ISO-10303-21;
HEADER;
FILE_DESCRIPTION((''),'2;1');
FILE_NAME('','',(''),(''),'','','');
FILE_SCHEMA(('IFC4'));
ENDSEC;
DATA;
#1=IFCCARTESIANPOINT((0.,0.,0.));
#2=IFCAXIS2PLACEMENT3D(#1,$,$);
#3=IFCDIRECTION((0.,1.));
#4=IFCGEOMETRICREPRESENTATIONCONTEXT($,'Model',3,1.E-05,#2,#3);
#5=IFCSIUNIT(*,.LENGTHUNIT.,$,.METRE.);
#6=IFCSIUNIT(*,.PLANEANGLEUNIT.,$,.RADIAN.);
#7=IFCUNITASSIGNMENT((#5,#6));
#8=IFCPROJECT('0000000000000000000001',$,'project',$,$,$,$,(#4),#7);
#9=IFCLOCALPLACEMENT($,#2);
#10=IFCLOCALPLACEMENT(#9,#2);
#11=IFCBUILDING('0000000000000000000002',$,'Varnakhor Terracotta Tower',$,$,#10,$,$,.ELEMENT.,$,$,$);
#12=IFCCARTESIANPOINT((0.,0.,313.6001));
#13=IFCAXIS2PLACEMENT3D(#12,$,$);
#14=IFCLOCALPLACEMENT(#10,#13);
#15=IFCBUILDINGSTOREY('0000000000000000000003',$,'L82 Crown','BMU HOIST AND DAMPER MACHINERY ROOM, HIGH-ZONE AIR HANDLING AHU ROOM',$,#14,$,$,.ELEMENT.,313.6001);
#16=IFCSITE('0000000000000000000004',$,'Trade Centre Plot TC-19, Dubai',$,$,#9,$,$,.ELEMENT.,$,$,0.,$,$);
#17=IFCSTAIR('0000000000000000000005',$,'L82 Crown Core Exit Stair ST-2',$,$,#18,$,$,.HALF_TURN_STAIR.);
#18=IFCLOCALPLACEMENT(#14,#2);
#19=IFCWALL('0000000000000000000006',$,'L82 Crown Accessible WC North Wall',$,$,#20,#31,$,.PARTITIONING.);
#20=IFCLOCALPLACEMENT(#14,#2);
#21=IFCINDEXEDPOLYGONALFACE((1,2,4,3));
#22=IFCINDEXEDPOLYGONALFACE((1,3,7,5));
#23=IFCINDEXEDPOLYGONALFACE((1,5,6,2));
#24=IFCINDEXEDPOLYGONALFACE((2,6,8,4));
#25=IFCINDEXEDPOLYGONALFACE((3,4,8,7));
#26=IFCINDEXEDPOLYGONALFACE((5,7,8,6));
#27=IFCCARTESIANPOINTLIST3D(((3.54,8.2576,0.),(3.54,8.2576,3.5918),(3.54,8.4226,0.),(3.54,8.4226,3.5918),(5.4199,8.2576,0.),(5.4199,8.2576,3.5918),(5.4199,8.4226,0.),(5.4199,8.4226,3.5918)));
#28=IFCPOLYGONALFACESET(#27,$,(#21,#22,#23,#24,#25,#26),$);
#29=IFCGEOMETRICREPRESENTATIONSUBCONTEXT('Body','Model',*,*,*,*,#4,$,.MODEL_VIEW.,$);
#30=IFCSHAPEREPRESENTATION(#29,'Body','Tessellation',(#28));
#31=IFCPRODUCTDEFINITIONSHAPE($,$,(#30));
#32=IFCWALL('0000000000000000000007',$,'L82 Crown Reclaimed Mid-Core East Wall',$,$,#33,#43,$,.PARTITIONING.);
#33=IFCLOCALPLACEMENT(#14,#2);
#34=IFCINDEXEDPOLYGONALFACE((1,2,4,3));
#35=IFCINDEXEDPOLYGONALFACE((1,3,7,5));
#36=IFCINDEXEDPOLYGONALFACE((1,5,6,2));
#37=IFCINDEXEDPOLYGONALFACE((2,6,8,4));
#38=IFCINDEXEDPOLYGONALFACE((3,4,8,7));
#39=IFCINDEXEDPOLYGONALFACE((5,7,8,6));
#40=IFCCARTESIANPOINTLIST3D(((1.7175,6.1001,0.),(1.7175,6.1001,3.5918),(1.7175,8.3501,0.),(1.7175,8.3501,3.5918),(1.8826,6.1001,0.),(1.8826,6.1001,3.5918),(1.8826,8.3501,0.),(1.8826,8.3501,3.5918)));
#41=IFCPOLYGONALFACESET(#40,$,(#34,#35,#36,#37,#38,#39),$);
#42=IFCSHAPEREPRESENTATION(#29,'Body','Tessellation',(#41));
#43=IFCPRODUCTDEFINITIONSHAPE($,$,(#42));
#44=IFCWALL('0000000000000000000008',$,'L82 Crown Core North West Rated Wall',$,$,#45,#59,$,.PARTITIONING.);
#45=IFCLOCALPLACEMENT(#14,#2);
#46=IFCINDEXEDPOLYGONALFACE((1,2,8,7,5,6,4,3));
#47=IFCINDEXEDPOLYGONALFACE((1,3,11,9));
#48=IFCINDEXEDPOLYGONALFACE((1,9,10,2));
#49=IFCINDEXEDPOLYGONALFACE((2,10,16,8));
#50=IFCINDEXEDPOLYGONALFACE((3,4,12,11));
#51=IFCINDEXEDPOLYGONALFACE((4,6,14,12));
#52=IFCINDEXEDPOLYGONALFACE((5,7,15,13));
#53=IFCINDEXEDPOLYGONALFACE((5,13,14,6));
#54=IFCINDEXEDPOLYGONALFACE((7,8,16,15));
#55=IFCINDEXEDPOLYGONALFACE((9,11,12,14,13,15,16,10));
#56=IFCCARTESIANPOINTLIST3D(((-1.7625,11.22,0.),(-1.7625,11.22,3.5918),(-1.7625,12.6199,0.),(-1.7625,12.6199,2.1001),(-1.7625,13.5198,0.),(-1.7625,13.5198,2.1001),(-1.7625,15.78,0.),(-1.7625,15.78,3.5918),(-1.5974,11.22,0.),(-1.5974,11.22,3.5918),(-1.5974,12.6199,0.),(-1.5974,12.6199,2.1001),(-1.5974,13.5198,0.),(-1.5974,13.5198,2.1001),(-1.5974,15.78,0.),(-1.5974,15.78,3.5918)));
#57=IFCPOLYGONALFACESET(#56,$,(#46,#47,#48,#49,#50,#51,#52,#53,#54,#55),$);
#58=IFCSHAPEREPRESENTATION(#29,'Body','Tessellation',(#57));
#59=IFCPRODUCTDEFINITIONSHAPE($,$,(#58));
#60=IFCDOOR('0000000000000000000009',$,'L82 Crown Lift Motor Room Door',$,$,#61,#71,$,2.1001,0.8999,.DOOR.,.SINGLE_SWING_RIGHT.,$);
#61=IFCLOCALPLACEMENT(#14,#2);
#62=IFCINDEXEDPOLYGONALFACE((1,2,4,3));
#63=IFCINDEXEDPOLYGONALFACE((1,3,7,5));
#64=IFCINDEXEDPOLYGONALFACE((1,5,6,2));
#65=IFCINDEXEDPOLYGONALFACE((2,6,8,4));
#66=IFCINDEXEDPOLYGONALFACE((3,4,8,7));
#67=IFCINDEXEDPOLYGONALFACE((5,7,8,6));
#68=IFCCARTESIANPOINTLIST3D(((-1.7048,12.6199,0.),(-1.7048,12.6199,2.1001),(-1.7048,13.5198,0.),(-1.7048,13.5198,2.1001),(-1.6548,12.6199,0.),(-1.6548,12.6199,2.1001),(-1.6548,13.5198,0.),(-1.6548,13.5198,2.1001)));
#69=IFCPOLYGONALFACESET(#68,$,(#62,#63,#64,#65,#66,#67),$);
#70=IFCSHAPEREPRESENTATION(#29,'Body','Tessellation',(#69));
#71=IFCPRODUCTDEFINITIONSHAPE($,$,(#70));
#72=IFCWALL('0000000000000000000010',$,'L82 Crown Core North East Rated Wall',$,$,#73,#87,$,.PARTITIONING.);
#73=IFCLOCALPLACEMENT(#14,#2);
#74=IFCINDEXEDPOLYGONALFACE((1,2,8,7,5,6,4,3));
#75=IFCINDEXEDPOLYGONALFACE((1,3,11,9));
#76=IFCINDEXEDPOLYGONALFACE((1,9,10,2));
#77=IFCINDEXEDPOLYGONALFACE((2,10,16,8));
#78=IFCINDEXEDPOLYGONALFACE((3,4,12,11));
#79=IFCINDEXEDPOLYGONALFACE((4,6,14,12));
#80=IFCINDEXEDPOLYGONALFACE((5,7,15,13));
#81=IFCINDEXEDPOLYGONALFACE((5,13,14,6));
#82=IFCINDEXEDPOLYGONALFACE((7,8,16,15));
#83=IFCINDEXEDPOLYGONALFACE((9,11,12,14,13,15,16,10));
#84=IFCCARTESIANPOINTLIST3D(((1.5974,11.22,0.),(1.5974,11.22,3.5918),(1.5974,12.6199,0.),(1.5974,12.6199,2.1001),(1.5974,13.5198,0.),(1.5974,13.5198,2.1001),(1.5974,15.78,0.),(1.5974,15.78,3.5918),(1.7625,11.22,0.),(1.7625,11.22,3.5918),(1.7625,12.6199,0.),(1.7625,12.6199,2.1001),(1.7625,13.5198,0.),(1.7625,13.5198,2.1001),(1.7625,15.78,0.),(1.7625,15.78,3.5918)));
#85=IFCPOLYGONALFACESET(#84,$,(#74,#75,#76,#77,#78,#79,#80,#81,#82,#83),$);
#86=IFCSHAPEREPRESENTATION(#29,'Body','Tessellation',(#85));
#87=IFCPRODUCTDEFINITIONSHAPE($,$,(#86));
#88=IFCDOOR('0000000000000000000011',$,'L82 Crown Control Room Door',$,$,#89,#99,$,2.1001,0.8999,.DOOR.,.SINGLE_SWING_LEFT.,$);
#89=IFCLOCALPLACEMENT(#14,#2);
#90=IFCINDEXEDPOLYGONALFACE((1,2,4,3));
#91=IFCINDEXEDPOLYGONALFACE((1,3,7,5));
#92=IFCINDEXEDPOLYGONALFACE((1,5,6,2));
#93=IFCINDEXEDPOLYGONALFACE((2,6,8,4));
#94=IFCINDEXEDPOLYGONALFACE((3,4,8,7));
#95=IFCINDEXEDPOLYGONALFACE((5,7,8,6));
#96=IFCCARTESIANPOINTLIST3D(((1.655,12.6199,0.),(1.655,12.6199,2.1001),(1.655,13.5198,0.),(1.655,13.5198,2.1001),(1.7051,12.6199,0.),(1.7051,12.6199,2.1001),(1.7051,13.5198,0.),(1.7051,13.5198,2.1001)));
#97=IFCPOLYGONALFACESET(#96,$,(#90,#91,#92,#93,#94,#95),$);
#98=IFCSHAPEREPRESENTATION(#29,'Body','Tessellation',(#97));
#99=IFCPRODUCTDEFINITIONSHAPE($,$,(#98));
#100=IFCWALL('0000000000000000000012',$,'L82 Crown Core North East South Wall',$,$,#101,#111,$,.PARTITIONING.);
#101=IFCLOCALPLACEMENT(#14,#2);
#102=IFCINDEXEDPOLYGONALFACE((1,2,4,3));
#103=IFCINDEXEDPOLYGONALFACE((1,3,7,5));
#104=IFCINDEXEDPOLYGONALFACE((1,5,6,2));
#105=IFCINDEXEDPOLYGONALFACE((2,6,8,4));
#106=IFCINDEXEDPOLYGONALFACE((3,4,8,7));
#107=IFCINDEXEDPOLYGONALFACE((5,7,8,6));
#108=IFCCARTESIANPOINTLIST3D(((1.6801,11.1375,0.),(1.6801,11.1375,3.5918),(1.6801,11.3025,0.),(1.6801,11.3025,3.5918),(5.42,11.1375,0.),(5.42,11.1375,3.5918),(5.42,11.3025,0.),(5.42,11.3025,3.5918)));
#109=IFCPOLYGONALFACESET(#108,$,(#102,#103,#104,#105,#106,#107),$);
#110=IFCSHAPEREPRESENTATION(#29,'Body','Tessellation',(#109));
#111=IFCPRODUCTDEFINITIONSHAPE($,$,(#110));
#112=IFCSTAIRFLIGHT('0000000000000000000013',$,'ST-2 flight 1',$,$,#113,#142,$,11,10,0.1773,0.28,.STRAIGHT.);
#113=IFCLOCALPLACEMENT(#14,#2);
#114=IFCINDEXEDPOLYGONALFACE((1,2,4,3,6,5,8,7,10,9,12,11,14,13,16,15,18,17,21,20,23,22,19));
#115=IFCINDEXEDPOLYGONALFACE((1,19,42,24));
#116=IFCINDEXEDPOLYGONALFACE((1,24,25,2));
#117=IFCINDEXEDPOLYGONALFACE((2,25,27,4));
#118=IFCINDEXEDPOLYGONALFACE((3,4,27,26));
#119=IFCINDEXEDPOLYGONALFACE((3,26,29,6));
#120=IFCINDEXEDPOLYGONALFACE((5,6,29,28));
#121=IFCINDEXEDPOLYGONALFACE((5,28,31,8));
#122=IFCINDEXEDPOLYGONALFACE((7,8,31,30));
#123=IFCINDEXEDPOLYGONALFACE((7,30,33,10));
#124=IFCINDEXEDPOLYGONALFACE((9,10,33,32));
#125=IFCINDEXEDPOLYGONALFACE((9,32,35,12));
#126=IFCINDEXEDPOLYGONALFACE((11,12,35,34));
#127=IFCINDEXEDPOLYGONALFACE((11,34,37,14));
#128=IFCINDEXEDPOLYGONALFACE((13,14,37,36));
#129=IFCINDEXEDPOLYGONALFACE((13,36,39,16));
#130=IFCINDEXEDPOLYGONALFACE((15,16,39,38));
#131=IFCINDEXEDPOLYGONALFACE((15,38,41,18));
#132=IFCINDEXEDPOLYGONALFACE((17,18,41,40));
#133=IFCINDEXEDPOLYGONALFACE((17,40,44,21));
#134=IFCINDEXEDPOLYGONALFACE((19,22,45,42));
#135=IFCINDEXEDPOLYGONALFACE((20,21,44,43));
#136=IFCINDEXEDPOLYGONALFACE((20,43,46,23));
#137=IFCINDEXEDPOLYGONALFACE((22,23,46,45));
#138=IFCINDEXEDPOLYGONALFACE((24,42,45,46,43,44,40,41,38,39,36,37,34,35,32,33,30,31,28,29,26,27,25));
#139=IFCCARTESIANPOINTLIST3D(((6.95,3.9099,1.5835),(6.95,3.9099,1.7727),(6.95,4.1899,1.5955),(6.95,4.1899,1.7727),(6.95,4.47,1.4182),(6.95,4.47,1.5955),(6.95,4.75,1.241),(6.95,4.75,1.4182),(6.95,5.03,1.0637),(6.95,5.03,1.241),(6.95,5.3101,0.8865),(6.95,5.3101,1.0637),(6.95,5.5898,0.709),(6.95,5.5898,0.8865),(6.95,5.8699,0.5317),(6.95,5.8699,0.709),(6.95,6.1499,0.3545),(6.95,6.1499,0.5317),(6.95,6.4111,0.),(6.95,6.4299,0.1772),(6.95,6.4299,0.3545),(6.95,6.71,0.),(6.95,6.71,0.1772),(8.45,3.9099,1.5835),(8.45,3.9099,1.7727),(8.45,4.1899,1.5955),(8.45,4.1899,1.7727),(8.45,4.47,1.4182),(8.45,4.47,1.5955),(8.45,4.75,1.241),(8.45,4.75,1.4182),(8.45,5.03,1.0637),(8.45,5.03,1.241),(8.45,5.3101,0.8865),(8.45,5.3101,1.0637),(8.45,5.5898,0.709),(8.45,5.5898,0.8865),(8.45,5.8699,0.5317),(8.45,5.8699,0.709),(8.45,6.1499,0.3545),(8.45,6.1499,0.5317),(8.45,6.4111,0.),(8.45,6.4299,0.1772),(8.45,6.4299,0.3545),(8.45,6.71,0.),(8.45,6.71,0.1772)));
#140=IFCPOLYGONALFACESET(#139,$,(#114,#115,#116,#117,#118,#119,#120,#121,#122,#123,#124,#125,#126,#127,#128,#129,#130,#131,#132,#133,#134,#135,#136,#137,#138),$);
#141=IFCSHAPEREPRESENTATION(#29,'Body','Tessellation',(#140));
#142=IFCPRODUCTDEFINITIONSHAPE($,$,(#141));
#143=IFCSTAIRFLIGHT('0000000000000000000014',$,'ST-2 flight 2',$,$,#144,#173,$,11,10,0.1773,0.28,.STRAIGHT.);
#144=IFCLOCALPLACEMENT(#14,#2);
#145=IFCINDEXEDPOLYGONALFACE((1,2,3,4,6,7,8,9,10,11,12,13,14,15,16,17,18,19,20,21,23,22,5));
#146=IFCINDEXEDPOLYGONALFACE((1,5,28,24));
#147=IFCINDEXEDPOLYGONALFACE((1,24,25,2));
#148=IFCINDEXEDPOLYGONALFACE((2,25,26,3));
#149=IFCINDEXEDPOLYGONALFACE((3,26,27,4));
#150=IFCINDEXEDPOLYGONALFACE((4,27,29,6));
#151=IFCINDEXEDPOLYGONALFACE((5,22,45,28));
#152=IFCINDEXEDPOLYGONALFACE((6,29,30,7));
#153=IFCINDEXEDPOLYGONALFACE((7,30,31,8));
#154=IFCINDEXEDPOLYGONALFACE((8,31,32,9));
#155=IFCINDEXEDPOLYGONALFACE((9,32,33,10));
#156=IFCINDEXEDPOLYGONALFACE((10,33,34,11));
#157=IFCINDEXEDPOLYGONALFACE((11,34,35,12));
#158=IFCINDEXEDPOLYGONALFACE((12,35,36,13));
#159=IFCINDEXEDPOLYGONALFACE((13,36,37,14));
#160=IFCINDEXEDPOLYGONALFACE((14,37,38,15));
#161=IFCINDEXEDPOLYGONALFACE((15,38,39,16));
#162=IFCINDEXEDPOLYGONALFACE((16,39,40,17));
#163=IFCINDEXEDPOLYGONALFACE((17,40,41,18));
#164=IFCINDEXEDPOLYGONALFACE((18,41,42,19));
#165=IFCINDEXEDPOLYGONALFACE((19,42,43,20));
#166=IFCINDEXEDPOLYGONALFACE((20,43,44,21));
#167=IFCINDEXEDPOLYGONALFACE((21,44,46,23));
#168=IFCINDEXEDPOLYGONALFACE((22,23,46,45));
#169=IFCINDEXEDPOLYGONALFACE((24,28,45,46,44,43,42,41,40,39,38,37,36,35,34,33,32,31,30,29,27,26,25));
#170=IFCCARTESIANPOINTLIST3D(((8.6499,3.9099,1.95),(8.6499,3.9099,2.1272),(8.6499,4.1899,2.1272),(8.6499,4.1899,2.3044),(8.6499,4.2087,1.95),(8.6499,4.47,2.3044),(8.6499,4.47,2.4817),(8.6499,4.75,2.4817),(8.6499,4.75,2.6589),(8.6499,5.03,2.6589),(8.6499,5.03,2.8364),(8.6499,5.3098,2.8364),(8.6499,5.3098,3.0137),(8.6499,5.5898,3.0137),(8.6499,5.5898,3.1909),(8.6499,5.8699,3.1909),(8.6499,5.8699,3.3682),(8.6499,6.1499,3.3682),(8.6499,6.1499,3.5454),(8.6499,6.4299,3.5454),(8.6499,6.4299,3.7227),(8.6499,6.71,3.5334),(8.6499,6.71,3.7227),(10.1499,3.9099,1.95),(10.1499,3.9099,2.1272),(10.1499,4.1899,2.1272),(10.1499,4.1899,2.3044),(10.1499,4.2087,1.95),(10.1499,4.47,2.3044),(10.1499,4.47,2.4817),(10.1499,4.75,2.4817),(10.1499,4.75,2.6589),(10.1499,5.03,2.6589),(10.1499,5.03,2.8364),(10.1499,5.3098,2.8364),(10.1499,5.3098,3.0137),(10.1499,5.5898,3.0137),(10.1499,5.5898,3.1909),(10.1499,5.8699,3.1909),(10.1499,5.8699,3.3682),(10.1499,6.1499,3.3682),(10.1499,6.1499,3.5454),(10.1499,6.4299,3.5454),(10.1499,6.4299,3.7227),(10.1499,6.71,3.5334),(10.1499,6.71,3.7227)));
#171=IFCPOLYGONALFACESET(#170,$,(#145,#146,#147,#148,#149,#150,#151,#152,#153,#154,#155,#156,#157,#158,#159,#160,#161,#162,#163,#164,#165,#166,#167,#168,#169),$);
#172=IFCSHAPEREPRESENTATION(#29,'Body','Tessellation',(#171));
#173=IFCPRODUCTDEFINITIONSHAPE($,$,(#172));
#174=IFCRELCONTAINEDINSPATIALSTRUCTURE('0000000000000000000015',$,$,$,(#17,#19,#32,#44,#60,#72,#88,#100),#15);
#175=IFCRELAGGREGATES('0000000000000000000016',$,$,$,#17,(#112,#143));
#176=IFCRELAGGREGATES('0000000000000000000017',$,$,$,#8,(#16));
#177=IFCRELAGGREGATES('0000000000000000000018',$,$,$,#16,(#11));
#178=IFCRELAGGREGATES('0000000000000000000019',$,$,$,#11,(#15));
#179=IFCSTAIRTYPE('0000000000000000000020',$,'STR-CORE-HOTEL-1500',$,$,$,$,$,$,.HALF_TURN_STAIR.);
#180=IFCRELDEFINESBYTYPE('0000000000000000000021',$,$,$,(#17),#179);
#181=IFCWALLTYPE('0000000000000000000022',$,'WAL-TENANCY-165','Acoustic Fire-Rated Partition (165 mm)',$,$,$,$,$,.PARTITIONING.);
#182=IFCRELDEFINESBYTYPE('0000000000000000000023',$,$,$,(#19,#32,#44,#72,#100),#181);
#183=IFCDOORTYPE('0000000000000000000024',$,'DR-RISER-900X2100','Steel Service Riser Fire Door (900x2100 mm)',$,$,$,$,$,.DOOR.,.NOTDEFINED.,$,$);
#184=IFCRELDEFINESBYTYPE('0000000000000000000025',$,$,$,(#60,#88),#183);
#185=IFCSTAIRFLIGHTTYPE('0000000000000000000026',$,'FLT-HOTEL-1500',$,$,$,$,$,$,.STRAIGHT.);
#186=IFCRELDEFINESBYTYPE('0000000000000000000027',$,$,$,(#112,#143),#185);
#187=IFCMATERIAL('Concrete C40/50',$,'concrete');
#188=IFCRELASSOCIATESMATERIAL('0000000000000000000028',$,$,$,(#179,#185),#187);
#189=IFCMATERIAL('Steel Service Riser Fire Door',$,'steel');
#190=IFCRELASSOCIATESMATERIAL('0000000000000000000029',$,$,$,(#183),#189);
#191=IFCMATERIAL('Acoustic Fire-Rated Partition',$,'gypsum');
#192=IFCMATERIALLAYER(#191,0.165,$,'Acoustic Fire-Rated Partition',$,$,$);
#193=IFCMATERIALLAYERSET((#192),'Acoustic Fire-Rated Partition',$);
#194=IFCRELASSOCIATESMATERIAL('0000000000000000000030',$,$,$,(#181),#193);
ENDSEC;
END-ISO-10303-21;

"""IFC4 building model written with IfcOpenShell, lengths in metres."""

from ifc_helpers import new_model, si_unit, direction, frame, frame_2d, origin, place, context, subcontext, project, spatial, polyline, rectangle, outline, extrude, source, transform, mapped, material, layer, layer_set, type_object, type_shapes, element, fill, aggregate, save


model = new_model("IFC4")

# Units and contexts
model_context = context("Model", 3, precision=1e-05, world=origin(), true_north=direction((0.0, 1.0)))
body_context = subcontext(model_context, "Body", "Model", "MODEL_VIEW")
ifc_project = project(units=[si_unit("LENGTHUNIT", "METRE"), si_unit("PLANEANGLEUNIT", "RADIAN")], contexts=[model_context])

# Site, building, storey
site_placement = place(None, origin())
site = spatial("IfcSite", under=ifc_project, at=site_placement, Name="Trade Centre Plot TC-19, Dubai", CompositionType="ELEMENT", RefElevation=0.0)
building_placement = place(site_placement, origin())
building = spatial("IfcBuilding", under=site, at=building_placement, Name="Varnakhor Terracotta Tower", CompositionType="ELEMENT")
storey_placement = place(building_placement, frame((0.0, 0.0, 313.6001)))
storey = spatial("IfcBuildingStorey", under=building, at=storey_placement, Name="L82 Crown", Description="BMU HOIST AND DAMPER MACHINERY ROOM, HIGH-ZONE AIR HANDLING AHU ROOM", CompositionType="ELEMENT", Elevation=313.6001)

# Stair
ifc_material_1 = material(Name="Concrete C40/50", Category="concrete")
stair_type = type_object("IfcStairType", Name="STR-CORE-HOTEL-1500", PredefinedType="HALF_TURN_STAIR", material=ifc_material_1)
stair_1_placement = place(storey_placement, origin())
stair_1 = element("IfcStair", 1, at=stair_1_placement, inside=storey, type_object=stair_type, Name="L82 Crown Core Exit Stair ST-2", PredefinedType="HALF_TURN_STAIR")

# Shared definitions
ifc_material_2 = material(Name="Acoustic Fire-Rated Partition", Category="gypsum")
ifc_material_3 = material(Name="Steel Service Riser Fire Door", Category="steel")
door_type_1 = type_object("IfcDoorType", Name="DR-RISER-900X2100", Description="Steel Service Riser Fire Door (900x2100 mm)", OperationType="NOTDEFINED", PredefinedType="DOOR", material=ifc_material_3)
shared_shape_1 = source(origin(), body_context, "Body", "SweptSolid", [
    extrude(rectangle(XDim=0.8999, YDim=2.1001, at=frame_2d((0.45, 1.05))), frame((0.0, 0.0249, 0.0), z_axis=(0.0, -1.0, 0.0), x_axis=(1.0, 0.0, 0.0)), (0.0, 0.0, 1.0), 0.05),
])
type_shapes(door_type_1, [shared_shape_1])
ifc_layer_1 = layer(ifc_material_2, 0.165, Name="Acoustic Fire-Rated Partition")
ifc_layer_set_1 = layer_set([ifc_layer_1], Name="Acoustic Fire-Rated Partition")
wall_type_1 = type_object("IfcWallType", Name="WAL-TENANCY-165", Description="Acoustic Fire-Rated Partition (165 mm)", PredefinedType="PARTITIONING", material=ifc_layer_set_1)

# Walls
wall_1_placement = place(storey_placement, frame((3.54, 8.3401, 0.0), z_axis=(0.0, 0.0, 1.0), x_axis=(1.0, 0.0, 0.0)))
element("IfcWall", 2, at=wall_1_placement, inside=storey, type_object=wall_type_1, Name="L82 Crown Accessible WC North Wall", PredefinedType="PARTITIONING", context=body_context, shape_type="SweptSolid", body=[
    extrude(rectangle(XDim=1.8799, YDim=0.165, at=frame_2d((0.9399, 0.0))), origin(), (0.0, 0.0, 1.0), 3.5918),
])
wall_2_placement = place(storey_placement, frame((1.8, 6.1001, 0.0), z_axis=(0.0, 0.0, 1.0), x_axis=(0.0, 1.0, 0.0)))
element("IfcWall", 3, at=wall_2_placement, inside=storey, type_object=wall_type_1, Name="L82 Crown Reclaimed Mid-Core East Wall", PredefinedType="PARTITIONING", context=body_context, shape_type="SweptSolid", body=[
    extrude(rectangle(XDim=2.25, YDim=0.165, at=frame_2d((1.125, 0.0))), origin(), (0.0, 0.0, 1.0), 3.5918),
])

# Walls, openings, doors
wall_3_placement = place(storey_placement, frame((-1.6799, 11.22, 0.0), z_axis=(0.0, 0.0, 1.0), x_axis=(0.0, 1.0, 0.0)))
wall_3 = element("IfcWall", 4, at=wall_3_placement, inside=storey, type_object=wall_type_1, Name="L82 Crown Core North West Rated Wall", PredefinedType="PARTITIONING", context=body_context, shape_type="SweptSolid", body=[
    extrude(rectangle(XDim=4.5601, YDim=0.165, at=frame_2d((2.28, 0.0))), origin(), (0.0, 0.0, 1.0), 3.5918),
])
opening_1_placement = place(wall_3_placement, frame((1.3999, 0.0, 0.0)))
opening_1 = element("IfcOpeningElement", 5, at=opening_1_placement, cuts=wall_3, PredefinedType="OPENING", context=body_context, shape_type="SweptSolid", body=[
    extrude(rectangle(XDim=0.8999, YDim=2.1001, at=frame_2d((0.45, 1.05))), frame((0.0, 0.0925, 0.0), z_axis=(0.0, -1.0, 0.0), x_axis=(1.0, 0.0, 0.0)), (0.0, 0.0, 1.0), 0.1851),
])
door_1_placement = place(opening_1_placement, origin())
door_1 = element("IfcDoor", 6, at=door_1_placement, inside=storey, type_object=door_type_1, Name="L82 Crown Lift Motor Room Door", OperationType="SINGLE_SWING_RIGHT", OverallHeight=2.1001, OverallWidth=0.8999, PredefinedType="DOOR", context=body_context, shape_type="MappedRepresentation", body=[
    mapped(shared_shape_1, transform((0.0, 0.0, 0.0), scale=1.0)),
])
fill(opening_1, door_1)
wall_4_placement = place(storey_placement, frame((1.6799, 11.22, 0.0), z_axis=(0.0, 0.0, 1.0), x_axis=(0.0, 1.0, 0.0)))
wall_4 = element("IfcWall", 7, at=wall_4_placement, inside=storey, type_object=wall_type_1, Name="L82 Crown Core North East Rated Wall", PredefinedType="PARTITIONING", context=body_context, shape_type="SweptSolid", body=[
    extrude(rectangle(XDim=4.5601, YDim=0.165, at=frame_2d((2.28, 0.0))), origin(), (0.0, 0.0, 1.0), 3.5918),
])
opening_2_placement = place(wall_4_placement, frame((1.3999, 0.0, 0.0)))
opening_2 = element("IfcOpeningElement", 8, at=opening_2_placement, cuts=wall_4, PredefinedType="OPENING", context=body_context, shape_type="SweptSolid", body=[
    extrude(rectangle(XDim=0.8999, YDim=2.1001, at=frame_2d((0.45, 1.05))), frame((0.0, 0.0925, 0.0), z_axis=(0.0, -1.0, 0.0), x_axis=(1.0, 0.0, 0.0)), (0.0, 0.0, 1.0), 0.1851),
])
door_2_placement = place(opening_2_placement, origin())
door_2 = element("IfcDoor", 9, at=door_2_placement, inside=storey, type_object=door_type_1, Name="L82 Crown Control Room Door", OperationType="SINGLE_SWING_LEFT", OverallHeight=2.1001, OverallWidth=0.8999, PredefinedType="DOOR", context=body_context, shape_type="MappedRepresentation", body=[
    mapped(shared_shape_1, transform((0.0, 0.0, 0.0), scale=1.0)),
])
fill(opening_2, door_2)

# Wall
wall_5_placement = place(storey_placement, frame((1.6799, 11.22, 0.0), z_axis=(0.0, 0.0, 1.0), x_axis=(1.0, 0.0, 0.0)))
element("IfcWall", 10, at=wall_5_placement, inside=storey, type_object=wall_type_1, Name="L82 Crown Core North East South Wall", PredefinedType="PARTITIONING", context=body_context, shape_type="SweptSolid", body=[
    extrude(rectangle(XDim=3.74, YDim=0.165, at=frame_2d((1.8701, 0.0))), origin(), (0.0, 0.0, 1.0), 3.5918),
])

# Stair flights
stair_flight_type = type_object("IfcStairFlightType", Name="FLT-HOTEL-1500", PredefinedType="STRAIGHT", material=ifc_material_1)
stair_flight_1_placement = place(storey_placement, frame((7.7, 6.71, 0.0), z_axis=(0.0, 0.0, 1.0), x_axis=(0.0, -1.0, 0.0)))
stair_flight_1 = element("IfcStairFlight", 11, at=stair_flight_1_placement, type_object=stair_flight_type, Name="ST-2 flight 1", NumberOfRisers=11, NumberOfTreads=10, PredefinedType="STRAIGHT", RiserHeight=0.1773, TreadLength=0.28, context=body_context, shape_type="SweptSolid", body=[
    extrude(outline(polyline([(0.0, 0.0), (0.0, 0.1772), (0.28, 0.1772), (0.28, 0.3545), (0.5601, 0.3545), (0.5601, 0.5317), (0.8401, 0.5317), (0.8401, 0.709), (1.1201, 0.709), (1.1201, 0.8865), (1.3999, 0.8865), (1.3999, 1.0637), (1.6799, 1.0637), (1.6799, 1.241), (1.96, 1.241), (1.96, 1.4182), (2.24, 1.4182), (2.24, 1.5955), (2.52, 1.5955), (2.52, 1.7727), (2.8, 1.7727), (2.8, 1.95), (2.8, 1.5835), (0.2988, 0.0), (0.0, 0.0)])), frame((0.0, 0.75, 0.0), z_axis=(0.0, -1.0, 0.0), x_axis=(1.0, 0.0, 0.0)), (0.0, 0.0, 1.0), 1.5),
])
stair_flight_2_placement = place(storey_placement, frame((9.3999, 3.9099, 1.95), z_axis=(0.0, 0.0, 1.0), x_axis=(0.0, 1.0, 0.0)))
stair_flight_2 = element("IfcStairFlight", 12, at=stair_flight_2_placement, type_object=stair_flight_type, Name="ST-2 flight 2", NumberOfRisers=11, NumberOfTreads=10, PredefinedType="STRAIGHT", RiserHeight=0.1773, TreadLength=0.28, context=body_context, shape_type="SweptSolid", body=[
    extrude(outline(polyline([(0.0, 0.0), (0.0, 0.1772), (0.28, 0.1772), (0.28, 0.3545), (0.5601, 0.3545), (0.5601, 0.5317), (0.8401, 0.5317), (0.8401, 0.709), (1.1201, 0.709), (1.1201, 0.8865), (1.3999, 0.8865), (1.3999, 1.0637), (1.6799, 1.0637), (1.6799, 1.241), (1.96, 1.241), (1.96, 1.4182), (2.24, 1.4182), (2.24, 1.5955), (2.52, 1.5955), (2.52, 1.7727), (2.8, 1.7727), (2.8, 1.95), (2.8, 1.5835), (0.2988, 0.0), (0.0, 0.0)])), frame((0.0, 0.75, 0.0), z_axis=(0.0, -1.0, 0.0), x_axis=(1.0, 0.0, 0.0)), (0.0, 0.0, 1.0), 1.5),
])
aggregate(stair_1, [stair_flight_1, stair_flight_2])

save(model, "model.ifc")
